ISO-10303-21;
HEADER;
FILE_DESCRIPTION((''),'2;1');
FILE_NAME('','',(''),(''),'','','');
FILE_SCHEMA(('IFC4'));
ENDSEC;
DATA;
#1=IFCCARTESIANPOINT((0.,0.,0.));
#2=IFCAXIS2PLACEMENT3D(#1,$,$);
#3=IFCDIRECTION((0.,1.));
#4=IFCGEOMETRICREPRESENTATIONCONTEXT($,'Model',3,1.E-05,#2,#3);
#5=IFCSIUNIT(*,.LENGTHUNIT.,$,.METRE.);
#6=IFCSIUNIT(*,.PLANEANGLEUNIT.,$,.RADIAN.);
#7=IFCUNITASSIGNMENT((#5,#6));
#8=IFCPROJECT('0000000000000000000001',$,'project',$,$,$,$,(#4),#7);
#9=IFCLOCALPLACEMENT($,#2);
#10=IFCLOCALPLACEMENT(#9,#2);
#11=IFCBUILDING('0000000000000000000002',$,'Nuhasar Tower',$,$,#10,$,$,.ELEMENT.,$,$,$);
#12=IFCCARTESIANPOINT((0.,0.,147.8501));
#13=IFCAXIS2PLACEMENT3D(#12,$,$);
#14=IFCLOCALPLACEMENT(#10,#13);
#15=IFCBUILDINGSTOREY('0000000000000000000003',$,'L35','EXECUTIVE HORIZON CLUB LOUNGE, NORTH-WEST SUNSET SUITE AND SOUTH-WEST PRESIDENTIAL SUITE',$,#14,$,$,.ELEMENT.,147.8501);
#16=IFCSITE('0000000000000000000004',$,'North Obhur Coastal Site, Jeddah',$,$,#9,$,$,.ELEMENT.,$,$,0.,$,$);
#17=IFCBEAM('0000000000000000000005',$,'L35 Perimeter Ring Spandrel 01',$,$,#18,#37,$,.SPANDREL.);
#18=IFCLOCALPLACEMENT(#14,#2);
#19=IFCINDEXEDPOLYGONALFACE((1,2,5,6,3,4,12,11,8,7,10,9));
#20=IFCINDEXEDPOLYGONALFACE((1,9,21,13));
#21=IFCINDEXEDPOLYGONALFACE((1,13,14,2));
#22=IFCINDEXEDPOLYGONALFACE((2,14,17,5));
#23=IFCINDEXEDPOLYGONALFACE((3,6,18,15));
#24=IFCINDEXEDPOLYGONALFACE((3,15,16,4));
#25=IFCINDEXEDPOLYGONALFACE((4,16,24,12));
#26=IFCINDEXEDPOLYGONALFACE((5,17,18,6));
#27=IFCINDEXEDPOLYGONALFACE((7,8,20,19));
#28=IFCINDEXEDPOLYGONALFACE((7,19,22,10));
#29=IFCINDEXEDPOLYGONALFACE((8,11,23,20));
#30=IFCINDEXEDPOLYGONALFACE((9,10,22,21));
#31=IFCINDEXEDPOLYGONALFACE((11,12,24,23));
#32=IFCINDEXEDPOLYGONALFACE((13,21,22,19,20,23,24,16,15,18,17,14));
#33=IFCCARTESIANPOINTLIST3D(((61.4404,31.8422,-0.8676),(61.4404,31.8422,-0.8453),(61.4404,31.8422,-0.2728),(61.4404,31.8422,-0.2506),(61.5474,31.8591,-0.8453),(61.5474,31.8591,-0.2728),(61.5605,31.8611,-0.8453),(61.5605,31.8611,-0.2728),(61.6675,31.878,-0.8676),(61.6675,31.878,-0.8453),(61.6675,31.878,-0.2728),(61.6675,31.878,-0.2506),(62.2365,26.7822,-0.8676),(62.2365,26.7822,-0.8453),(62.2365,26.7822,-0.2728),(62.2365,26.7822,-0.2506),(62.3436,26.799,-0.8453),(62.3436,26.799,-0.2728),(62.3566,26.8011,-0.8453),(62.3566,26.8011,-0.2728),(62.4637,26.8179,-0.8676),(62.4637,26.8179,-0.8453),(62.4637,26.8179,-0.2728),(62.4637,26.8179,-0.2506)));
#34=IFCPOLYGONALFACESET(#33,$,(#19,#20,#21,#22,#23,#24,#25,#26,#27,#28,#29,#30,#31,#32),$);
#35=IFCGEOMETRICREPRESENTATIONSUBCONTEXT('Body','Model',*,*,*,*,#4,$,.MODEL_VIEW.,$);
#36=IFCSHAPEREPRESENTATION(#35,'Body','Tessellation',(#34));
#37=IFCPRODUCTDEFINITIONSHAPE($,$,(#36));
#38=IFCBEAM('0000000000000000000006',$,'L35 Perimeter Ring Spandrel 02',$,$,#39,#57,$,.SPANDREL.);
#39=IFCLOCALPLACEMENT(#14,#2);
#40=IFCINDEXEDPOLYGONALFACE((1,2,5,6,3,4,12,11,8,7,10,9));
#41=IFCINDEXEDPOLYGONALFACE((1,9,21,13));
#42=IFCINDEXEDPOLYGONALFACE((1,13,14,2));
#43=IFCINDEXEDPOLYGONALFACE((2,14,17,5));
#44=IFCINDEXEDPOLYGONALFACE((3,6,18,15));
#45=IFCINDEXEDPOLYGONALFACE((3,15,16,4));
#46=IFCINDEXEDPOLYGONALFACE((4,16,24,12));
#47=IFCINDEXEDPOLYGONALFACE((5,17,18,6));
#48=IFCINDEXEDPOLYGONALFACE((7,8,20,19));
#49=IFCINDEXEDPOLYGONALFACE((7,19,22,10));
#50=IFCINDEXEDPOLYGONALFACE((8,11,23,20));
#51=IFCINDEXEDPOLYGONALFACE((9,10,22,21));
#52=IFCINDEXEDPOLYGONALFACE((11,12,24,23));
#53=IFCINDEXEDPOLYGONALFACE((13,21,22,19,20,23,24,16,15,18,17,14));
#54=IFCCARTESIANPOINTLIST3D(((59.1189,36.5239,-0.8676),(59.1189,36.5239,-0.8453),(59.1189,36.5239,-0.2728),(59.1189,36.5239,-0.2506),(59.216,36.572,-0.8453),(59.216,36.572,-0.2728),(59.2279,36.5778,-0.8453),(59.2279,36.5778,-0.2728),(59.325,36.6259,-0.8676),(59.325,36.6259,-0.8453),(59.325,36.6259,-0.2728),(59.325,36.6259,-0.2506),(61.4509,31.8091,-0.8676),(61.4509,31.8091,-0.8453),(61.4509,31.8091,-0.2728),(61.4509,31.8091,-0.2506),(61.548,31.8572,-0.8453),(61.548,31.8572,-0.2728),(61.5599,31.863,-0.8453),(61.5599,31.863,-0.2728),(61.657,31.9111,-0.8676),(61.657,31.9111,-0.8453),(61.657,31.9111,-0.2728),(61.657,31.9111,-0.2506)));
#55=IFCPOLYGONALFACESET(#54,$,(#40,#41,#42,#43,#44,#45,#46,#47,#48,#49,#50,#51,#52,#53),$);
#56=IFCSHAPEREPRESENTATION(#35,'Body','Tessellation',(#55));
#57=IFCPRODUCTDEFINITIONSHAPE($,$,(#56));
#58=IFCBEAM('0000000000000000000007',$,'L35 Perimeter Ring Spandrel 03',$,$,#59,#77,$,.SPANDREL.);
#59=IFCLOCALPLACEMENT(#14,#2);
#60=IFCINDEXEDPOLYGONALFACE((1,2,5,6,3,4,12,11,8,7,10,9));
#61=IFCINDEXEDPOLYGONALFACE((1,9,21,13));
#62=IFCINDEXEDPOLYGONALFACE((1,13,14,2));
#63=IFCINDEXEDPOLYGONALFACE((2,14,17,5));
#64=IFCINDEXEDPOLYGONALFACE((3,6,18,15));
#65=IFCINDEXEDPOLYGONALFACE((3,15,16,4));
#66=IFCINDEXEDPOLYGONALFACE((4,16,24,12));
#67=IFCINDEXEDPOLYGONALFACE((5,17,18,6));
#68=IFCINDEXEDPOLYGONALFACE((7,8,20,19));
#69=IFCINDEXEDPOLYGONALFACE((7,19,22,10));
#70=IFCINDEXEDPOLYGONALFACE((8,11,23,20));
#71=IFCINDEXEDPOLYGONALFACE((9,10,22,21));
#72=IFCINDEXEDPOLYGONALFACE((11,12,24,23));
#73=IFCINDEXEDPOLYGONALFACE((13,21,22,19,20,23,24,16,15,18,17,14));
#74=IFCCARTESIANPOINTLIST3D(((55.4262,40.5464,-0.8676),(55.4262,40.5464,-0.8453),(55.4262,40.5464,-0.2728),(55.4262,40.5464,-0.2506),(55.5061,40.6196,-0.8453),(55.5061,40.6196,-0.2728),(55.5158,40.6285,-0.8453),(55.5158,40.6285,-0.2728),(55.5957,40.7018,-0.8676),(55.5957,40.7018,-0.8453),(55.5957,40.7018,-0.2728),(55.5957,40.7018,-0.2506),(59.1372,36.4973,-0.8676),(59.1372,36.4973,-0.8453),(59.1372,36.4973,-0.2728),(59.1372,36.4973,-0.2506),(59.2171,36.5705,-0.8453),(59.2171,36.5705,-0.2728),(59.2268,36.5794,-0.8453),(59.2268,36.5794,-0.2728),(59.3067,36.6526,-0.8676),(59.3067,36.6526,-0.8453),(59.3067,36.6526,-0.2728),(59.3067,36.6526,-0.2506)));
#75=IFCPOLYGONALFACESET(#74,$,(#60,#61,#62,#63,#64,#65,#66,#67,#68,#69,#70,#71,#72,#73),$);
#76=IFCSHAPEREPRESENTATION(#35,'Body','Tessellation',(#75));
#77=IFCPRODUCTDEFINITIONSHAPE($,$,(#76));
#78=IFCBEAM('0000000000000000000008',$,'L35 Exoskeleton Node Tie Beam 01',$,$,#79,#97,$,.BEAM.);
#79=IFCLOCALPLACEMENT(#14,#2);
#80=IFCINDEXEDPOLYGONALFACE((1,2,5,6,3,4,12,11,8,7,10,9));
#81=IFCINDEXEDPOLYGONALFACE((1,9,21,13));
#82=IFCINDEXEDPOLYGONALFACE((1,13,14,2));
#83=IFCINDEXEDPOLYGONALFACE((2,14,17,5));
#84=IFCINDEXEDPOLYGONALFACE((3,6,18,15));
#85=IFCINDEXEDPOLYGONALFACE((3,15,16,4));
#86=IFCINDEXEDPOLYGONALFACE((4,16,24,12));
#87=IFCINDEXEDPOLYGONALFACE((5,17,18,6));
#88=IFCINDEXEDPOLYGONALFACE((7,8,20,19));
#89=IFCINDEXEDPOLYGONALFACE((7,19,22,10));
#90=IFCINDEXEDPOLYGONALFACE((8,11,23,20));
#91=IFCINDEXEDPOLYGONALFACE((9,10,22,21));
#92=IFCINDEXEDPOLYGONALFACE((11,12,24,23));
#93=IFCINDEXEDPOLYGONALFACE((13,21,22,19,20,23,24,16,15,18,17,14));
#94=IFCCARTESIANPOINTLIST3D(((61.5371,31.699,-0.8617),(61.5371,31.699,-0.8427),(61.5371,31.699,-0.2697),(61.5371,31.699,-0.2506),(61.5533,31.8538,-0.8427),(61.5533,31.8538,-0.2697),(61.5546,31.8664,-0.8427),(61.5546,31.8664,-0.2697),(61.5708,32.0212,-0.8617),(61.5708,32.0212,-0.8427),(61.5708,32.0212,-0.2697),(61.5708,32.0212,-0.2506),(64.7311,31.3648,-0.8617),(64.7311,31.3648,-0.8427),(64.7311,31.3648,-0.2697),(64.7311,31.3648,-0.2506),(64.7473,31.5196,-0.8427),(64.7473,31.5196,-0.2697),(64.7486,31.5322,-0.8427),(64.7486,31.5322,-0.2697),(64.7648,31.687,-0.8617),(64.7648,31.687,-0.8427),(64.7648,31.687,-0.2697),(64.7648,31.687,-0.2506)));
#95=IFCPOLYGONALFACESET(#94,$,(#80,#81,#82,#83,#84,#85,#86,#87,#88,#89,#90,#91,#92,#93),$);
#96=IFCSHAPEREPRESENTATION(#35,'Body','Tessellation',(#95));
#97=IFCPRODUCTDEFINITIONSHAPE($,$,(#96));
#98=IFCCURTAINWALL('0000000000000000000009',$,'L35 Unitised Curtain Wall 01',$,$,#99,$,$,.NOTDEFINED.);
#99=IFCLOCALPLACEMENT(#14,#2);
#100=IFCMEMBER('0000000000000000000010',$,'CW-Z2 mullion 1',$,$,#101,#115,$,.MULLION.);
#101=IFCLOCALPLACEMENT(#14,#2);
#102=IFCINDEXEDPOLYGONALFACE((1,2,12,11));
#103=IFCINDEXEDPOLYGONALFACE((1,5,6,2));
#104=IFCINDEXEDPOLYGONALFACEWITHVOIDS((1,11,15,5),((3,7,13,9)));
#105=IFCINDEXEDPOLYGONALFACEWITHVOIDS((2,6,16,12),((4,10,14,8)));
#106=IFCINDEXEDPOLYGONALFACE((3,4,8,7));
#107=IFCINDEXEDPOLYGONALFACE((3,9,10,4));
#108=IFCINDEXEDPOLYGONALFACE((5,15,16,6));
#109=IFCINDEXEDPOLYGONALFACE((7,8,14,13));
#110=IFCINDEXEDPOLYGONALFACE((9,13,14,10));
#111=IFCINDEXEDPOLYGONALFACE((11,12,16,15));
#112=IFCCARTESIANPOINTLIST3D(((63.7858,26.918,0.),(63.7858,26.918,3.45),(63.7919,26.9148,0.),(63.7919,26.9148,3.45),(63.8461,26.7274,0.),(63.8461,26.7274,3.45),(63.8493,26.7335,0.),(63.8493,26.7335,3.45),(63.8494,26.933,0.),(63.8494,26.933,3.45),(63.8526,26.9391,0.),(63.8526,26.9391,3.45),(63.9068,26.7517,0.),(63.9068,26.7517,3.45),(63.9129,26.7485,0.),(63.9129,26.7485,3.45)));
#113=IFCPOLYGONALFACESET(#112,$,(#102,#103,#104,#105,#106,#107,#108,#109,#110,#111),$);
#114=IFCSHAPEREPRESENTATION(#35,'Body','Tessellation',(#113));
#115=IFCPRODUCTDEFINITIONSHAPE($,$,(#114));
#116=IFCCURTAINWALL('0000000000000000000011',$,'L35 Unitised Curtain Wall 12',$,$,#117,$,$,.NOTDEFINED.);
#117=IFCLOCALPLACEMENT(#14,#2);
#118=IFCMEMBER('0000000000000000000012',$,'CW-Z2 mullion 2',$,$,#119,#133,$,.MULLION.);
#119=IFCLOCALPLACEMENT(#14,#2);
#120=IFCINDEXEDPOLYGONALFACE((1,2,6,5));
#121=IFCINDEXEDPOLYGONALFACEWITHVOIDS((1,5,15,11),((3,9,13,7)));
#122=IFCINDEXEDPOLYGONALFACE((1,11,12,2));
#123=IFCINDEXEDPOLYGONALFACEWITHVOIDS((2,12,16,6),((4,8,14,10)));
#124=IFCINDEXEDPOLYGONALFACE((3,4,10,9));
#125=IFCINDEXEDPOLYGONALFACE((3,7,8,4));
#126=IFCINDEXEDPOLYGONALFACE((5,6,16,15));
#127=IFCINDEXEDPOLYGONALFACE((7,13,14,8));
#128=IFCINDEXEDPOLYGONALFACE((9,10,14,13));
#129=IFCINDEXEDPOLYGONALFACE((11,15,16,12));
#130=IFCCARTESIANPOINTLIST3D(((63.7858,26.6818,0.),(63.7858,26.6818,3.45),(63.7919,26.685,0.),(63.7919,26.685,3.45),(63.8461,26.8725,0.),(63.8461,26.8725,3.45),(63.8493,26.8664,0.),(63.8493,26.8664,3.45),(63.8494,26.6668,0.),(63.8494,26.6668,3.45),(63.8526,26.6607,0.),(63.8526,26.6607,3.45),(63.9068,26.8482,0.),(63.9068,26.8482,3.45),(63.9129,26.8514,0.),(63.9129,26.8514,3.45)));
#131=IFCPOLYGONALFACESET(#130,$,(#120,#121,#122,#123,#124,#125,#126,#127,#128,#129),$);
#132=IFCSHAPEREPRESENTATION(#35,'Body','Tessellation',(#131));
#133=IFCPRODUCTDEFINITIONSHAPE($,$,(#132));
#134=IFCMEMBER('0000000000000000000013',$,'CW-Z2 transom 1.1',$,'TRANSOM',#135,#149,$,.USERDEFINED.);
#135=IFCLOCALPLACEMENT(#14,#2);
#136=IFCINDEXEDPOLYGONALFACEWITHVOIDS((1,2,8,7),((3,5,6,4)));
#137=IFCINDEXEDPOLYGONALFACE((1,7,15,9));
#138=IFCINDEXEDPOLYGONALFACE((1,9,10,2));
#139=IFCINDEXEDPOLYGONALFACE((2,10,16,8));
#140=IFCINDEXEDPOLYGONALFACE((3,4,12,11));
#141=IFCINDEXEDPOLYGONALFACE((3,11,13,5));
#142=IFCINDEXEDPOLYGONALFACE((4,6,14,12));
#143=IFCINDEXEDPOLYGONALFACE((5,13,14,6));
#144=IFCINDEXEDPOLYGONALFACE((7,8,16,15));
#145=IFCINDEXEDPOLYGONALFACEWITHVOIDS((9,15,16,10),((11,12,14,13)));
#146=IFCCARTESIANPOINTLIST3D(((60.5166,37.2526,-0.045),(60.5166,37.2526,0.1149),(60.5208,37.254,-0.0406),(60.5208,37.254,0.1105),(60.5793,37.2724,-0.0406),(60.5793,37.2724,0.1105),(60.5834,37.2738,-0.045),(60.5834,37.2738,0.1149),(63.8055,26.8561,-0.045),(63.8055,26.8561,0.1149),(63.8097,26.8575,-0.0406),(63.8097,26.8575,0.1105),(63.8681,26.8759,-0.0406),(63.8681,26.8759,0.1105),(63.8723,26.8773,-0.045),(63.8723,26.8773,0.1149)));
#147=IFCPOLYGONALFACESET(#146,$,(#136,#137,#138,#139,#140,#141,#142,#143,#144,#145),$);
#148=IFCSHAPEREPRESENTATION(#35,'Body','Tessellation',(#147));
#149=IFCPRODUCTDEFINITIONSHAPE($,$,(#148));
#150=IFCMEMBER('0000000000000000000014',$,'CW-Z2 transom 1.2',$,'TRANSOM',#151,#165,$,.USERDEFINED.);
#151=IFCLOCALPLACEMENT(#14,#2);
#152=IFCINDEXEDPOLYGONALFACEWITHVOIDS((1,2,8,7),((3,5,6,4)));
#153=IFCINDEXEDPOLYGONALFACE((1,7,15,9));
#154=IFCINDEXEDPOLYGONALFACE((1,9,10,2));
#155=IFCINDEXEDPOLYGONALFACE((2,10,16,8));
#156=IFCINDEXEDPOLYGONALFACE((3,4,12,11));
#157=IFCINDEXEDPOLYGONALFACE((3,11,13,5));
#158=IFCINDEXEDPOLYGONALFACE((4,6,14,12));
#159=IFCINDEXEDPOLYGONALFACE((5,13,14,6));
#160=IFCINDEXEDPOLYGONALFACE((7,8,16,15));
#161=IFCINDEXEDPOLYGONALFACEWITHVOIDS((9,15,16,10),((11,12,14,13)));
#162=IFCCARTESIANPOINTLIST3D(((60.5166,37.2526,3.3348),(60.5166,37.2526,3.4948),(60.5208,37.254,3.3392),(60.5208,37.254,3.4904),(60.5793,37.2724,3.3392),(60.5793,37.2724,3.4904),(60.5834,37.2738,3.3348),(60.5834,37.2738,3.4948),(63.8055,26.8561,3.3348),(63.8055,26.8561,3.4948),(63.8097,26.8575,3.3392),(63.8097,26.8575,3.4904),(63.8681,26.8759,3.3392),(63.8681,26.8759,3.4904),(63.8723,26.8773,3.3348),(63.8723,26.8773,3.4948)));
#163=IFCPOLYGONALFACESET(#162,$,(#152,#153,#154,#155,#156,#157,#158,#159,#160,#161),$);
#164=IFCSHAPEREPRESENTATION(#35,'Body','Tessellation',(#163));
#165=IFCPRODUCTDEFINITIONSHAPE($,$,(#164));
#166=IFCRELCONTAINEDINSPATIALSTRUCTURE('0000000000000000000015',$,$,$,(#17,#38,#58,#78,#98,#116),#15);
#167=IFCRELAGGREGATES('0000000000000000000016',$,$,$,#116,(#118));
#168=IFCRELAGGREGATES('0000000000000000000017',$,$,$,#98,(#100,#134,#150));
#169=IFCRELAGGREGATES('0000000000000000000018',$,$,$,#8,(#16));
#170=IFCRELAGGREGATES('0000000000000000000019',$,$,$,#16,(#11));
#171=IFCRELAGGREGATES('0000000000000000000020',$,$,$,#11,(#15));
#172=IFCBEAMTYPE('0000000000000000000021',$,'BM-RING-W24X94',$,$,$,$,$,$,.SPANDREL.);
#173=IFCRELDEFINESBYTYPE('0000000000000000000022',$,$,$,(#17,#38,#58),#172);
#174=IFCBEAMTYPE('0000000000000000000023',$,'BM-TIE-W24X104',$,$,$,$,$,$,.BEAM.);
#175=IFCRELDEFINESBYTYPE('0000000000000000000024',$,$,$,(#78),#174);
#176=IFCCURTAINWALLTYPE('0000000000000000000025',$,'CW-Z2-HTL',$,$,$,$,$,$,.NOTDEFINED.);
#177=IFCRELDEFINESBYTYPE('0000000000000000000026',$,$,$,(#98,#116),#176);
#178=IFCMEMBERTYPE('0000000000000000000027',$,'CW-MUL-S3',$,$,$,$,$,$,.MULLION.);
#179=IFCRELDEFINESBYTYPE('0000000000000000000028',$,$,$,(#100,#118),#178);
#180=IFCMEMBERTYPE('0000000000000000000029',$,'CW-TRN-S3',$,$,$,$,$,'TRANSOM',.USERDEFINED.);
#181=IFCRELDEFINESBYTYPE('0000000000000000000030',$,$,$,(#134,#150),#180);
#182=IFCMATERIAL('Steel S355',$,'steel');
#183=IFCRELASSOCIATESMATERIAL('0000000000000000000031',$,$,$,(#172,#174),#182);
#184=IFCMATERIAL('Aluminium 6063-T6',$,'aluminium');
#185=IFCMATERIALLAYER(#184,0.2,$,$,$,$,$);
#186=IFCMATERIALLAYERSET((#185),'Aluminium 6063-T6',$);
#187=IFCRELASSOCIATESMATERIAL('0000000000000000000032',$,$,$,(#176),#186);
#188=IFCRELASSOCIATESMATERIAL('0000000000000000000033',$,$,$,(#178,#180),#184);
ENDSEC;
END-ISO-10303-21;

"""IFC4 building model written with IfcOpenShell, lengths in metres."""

from ifc_helpers import new_model, si_unit, direction, frame, origin, origin_2d, place, context, subcontext, project, spatial, hollow_rectangle, i_section, extrude, material, layer, layer_set, material_profile, profile_set, type_object, element, aggregate, save


model = new_model("IFC4")

# Units and contexts
model_context = context("Model", 3, precision=1e-05, world=origin(), true_north=direction((0.0, 1.0)))
body_context = subcontext(model_context, "Body", "Model", "MODEL_VIEW")
ifc_project = project(units=[si_unit("LENGTHUNIT", "METRE"), si_unit("PLANEANGLEUNIT", "RADIAN")], contexts=[model_context])

# Site, building, storey
site_placement = place(None, origin())
site = spatial("IfcSite", under=ifc_project, at=site_placement, Name="North Obhur Coastal Site, Jeddah", CompositionType="ELEMENT", RefElevation=0.0)
building_placement = place(site_placement, origin())
building = spatial("IfcBuilding", under=site, at=building_placement, Name="Nuhasar Tower", CompositionType="ELEMENT")
storey_placement = place(building_placement, frame((0.0, 0.0, 147.8501)))
storey = spatial("IfcBuildingStorey", under=building, at=storey_placement, Name="L35", Description="EXECUTIVE HORIZON CLUB LOUNGE, NORTH-WEST SUNSET SUITE AND SOUTH-WEST PRESIDENTIAL SUITE", CompositionType="ELEMENT", Elevation=147.8501)

# Beams
ifc_material_1 = material(Name="Steel S355", Category="steel")
ifc_material_profile_1 = material_profile(ifc_material_1, i_section(OverallWidth=0.23, OverallDepth=0.6169, WebThickness=0.0132, FlangeThickness=0.0222, at=origin_2d()), Name="W24X94")
ifc_profile_set_1 = profile_set([ifc_material_profile_1], Name="Steel S355")
beam_type_1 = type_object("IfcBeamType", Name="BM-RING-W24X94", PredefinedType="SPANDREL", material=ifc_profile_set_1)
beam_1_placement = place(storey_placement, frame((62.3501, 26.8, -0.5591), z_axis=(-0.155427, 0.987847, 0.0), x_axis=(-0.987847, -0.155427, 0.0)))
element("IfcBeam", 1, at=beam_1_placement, inside=storey, type_object=beam_type_1, Name="L35 Perimeter Ring Spandrel 01", PredefinedType="SPANDREL", context=body_context, shape_type="SweptSolid", body=[
    extrude(i_section(OverallWidth=0.23, OverallDepth=0.6169, WebThickness=0.0132, FlangeThickness=0.0222, at=origin_2d()), origin(), (0.0, 0.0, 1.0), 5.1223),
])
beam_2_placement = place(storey_placement, frame((61.554, 31.8601, -0.5591), z_axis=(-0.443348, 0.89635, 0.0), x_axis=(-0.89635, -0.443348, 0.0)))
element("IfcBeam", 2, at=beam_2_placement, inside=storey, type_object=beam_type_1, Name="L35 Perimeter Ring Spandrel 02", PredefinedType="SPANDREL", context=body_context, shape_type="SweptSolid", body=[
    extrude(i_section(OverallWidth=0.23, OverallDepth=0.6169, WebThickness=0.0132, FlangeThickness=0.0222, at=origin_2d()), origin(), (0.0, 0.0, 1.0), 5.26),
])
beam_3_placement = place(storey_placement, frame((59.2219, 36.575, -0.5591), z_axis=(-0.675654, 0.737219, 0.0), x_axis=(-0.737219, -0.675654, 0.0)))
element("IfcBeam", 3, at=beam_3_placement, inside=storey, type_object=beam_type_1, Name="L35 Perimeter Ring Spandrel 03", PredefinedType="SPANDREL", context=body_context, shape_type="SweptSolid", body=[
    extrude(i_section(OverallWidth=0.23, OverallDepth=0.6169, WebThickness=0.0132, FlangeThickness=0.0222, at=origin_2d()), origin(), (0.0, 0.0, 1.0), 5.4924),
])
ifc_material_profile_2 = material_profile(ifc_material_1, i_section(OverallWidth=0.324, OverallDepth=0.6111, WebThickness=0.0127, FlangeThickness=0.019, at=origin_2d()), Name="W24X104")
ifc_profile_set_2 = profile_set([ifc_material_profile_2], Name="Steel S355")
beam_type_2 = type_object("IfcBeamType", Name="BM-TIE-W24X104", PredefinedType="BEAM", material=ifc_profile_set_2)
beam_4_placement = place(storey_placement, frame((61.554, 31.8601, -0.5562), z_axis=(0.99457, -0.104071, 0.0), x_axis=(0.104071, 0.99457, 0.0)))
element("IfcBeam", 4, at=beam_4_placement, inside=storey, type_object=beam_type_2, Name="L35 Exoskeleton Node Tie Beam 01", PredefinedType="BEAM", context=body_context, shape_type="SweptSolid", body=[
    extrude(i_section(OverallWidth=0.324, OverallDepth=0.6111, WebThickness=0.0127, FlangeThickness=0.019, at=origin_2d()), origin(), (0.0, 0.0, 1.0), 3.2114),
])

# Curtain walls, members
ifc_material_2 = material(Name="Aluminium 6063-T6", Category="aluminium")
ifc_layer_1 = layer(ifc_material_2, 0.2)
ifc_layer_set_1 = layer_set([ifc_layer_1], Name="Aluminium 6063-T6")
curtain_wall_type = type_object("IfcCurtainWallType", Name="CW-Z2-HTL", PredefinedType="NOTDEFINED", material=ifc_layer_set_1)
curtain_wall_1_placement = place(storey_placement, origin())
curtain_wall_1 = element("IfcCurtainWall", 5, at=curtain_wall_1_placement, inside=storey, type_object=curtain_wall_type, Name="L35 Unitised Curtain Wall 01", PredefinedType="NOTDEFINED")
ifc_material_profile_3 = material_profile(ifc_material_2, hollow_rectangle(XDim=0.0701, YDim=0.2, WallThickness=0.0049, at=origin_2d()), Name="CWM-3")
ifc_profile_set_3 = profile_set([ifc_material_profile_3], Name="Aluminium 6063-T6")
member_type_1 = type_object("IfcMemberType", Name="CW-MUL-S3", PredefinedType="MULLION", material=ifc_profile_set_3)
member_1_placement = place(storey_placement, frame((63.8494, 26.8333, 0.0), z_axis=(0.0, 0.0, 1.0), x_axis=(-0.953433, -0.301604, 0.0)))
member_1 = element("IfcMember", 6, at=member_1_placement, type_object=member_type_1, Name="CW-Z2 mullion 1", PredefinedType="MULLION", context=body_context, shape_type="SweptSolid", body=[
    extrude(hollow_rectangle(XDim=0.0701, YDim=0.2, WallThickness=0.0049, at=origin_2d()), origin(), (0.0, 0.0, 1.0), 3.45),
])
curtain_wall_2_placement = place(storey_placement, origin())
curtain_wall_2 = element("IfcCurtainWall", 7, at=curtain_wall_2_placement, inside=storey, type_object=curtain_wall_type, Name="L35 Unitised Curtain Wall 12", PredefinedType="NOTDEFINED")
member_2_placement = place(storey_placement, frame((63.8494, 26.7666, 0.0), z_axis=(0.0, 0.0, 1.0), x_axis=(-0.953433, 0.301604, 0.0)))
member_2 = element("IfcMember", 8, at=member_2_placement, type_object=member_type_1, Name="CW-Z2 mullion 2", PredefinedType="MULLION", context=body_context, shape_type="SweptSolid", body=[
    extrude(hollow_rectangle(XDim=0.0701, YDim=0.2, WallThickness=0.0049, at=origin_2d()), origin(), (0.0, 0.0, 1.0), 3.45),
])
aggregate(curtain_wall_2, [member_2])

# Members
ifc_material_profile_4 = material_profile(ifc_material_2, hollow_rectangle(XDim=0.0701, YDim=0.1599, WallThickness=0.0044, at=origin_2d()), Name="CWT-3")
ifc_profile_set_4 = profile_set([ifc_material_profile_4], Name="Aluminium 6063-T6")
member_type_2 = type_object("IfcMemberType", Name="CW-TRN-S3", ElementType="TRANSOM", PredefinedType="USERDEFINED", material=ifc_profile_set_4)
member_3_placement = place(storey_placement, frame((63.8389, 26.8667, 0.0349), z_axis=(-0.301608, 0.953432, 0.0), x_axis=(-0.953432, -0.301608, 0.0)))
member_3 = element("IfcMember", 9, at=member_3_placement, type_object=member_type_2, Name="CW-Z2 transom 1.1", ObjectType="TRANSOM", PredefinedType="USERDEFINED", context=body_context, shape_type="SweptSolid", body=[
    extrude(hollow_rectangle(XDim=0.0701, YDim=0.1599, WallThickness=0.0044, at=origin_2d()), origin(), (0.0, 0.0, 1.0), 10.9043),
])
member_4_placement = place(storey_placement, frame((63.8389, 26.8667, 3.4148), z_axis=(-0.301608, 0.953432, 0.0), x_axis=(-0.953432, -0.301608, 0.0)))
member_4 = element("IfcMember", 10, at=member_4_placement, type_object=member_type_2, Name="CW-Z2 transom 1.2", ObjectType="TRANSOM", PredefinedType="USERDEFINED", context=body_context, shape_type="SweptSolid", body=[
    extrude(hollow_rectangle(XDim=0.0701, YDim=0.1599, WallThickness=0.0044, at=origin_2d()), origin(), (0.0, 0.0, 1.0), 10.9043),
])

aggregate(curtain_wall_1, [member_1, member_3, member_4])

save(model, "model.ifc")
